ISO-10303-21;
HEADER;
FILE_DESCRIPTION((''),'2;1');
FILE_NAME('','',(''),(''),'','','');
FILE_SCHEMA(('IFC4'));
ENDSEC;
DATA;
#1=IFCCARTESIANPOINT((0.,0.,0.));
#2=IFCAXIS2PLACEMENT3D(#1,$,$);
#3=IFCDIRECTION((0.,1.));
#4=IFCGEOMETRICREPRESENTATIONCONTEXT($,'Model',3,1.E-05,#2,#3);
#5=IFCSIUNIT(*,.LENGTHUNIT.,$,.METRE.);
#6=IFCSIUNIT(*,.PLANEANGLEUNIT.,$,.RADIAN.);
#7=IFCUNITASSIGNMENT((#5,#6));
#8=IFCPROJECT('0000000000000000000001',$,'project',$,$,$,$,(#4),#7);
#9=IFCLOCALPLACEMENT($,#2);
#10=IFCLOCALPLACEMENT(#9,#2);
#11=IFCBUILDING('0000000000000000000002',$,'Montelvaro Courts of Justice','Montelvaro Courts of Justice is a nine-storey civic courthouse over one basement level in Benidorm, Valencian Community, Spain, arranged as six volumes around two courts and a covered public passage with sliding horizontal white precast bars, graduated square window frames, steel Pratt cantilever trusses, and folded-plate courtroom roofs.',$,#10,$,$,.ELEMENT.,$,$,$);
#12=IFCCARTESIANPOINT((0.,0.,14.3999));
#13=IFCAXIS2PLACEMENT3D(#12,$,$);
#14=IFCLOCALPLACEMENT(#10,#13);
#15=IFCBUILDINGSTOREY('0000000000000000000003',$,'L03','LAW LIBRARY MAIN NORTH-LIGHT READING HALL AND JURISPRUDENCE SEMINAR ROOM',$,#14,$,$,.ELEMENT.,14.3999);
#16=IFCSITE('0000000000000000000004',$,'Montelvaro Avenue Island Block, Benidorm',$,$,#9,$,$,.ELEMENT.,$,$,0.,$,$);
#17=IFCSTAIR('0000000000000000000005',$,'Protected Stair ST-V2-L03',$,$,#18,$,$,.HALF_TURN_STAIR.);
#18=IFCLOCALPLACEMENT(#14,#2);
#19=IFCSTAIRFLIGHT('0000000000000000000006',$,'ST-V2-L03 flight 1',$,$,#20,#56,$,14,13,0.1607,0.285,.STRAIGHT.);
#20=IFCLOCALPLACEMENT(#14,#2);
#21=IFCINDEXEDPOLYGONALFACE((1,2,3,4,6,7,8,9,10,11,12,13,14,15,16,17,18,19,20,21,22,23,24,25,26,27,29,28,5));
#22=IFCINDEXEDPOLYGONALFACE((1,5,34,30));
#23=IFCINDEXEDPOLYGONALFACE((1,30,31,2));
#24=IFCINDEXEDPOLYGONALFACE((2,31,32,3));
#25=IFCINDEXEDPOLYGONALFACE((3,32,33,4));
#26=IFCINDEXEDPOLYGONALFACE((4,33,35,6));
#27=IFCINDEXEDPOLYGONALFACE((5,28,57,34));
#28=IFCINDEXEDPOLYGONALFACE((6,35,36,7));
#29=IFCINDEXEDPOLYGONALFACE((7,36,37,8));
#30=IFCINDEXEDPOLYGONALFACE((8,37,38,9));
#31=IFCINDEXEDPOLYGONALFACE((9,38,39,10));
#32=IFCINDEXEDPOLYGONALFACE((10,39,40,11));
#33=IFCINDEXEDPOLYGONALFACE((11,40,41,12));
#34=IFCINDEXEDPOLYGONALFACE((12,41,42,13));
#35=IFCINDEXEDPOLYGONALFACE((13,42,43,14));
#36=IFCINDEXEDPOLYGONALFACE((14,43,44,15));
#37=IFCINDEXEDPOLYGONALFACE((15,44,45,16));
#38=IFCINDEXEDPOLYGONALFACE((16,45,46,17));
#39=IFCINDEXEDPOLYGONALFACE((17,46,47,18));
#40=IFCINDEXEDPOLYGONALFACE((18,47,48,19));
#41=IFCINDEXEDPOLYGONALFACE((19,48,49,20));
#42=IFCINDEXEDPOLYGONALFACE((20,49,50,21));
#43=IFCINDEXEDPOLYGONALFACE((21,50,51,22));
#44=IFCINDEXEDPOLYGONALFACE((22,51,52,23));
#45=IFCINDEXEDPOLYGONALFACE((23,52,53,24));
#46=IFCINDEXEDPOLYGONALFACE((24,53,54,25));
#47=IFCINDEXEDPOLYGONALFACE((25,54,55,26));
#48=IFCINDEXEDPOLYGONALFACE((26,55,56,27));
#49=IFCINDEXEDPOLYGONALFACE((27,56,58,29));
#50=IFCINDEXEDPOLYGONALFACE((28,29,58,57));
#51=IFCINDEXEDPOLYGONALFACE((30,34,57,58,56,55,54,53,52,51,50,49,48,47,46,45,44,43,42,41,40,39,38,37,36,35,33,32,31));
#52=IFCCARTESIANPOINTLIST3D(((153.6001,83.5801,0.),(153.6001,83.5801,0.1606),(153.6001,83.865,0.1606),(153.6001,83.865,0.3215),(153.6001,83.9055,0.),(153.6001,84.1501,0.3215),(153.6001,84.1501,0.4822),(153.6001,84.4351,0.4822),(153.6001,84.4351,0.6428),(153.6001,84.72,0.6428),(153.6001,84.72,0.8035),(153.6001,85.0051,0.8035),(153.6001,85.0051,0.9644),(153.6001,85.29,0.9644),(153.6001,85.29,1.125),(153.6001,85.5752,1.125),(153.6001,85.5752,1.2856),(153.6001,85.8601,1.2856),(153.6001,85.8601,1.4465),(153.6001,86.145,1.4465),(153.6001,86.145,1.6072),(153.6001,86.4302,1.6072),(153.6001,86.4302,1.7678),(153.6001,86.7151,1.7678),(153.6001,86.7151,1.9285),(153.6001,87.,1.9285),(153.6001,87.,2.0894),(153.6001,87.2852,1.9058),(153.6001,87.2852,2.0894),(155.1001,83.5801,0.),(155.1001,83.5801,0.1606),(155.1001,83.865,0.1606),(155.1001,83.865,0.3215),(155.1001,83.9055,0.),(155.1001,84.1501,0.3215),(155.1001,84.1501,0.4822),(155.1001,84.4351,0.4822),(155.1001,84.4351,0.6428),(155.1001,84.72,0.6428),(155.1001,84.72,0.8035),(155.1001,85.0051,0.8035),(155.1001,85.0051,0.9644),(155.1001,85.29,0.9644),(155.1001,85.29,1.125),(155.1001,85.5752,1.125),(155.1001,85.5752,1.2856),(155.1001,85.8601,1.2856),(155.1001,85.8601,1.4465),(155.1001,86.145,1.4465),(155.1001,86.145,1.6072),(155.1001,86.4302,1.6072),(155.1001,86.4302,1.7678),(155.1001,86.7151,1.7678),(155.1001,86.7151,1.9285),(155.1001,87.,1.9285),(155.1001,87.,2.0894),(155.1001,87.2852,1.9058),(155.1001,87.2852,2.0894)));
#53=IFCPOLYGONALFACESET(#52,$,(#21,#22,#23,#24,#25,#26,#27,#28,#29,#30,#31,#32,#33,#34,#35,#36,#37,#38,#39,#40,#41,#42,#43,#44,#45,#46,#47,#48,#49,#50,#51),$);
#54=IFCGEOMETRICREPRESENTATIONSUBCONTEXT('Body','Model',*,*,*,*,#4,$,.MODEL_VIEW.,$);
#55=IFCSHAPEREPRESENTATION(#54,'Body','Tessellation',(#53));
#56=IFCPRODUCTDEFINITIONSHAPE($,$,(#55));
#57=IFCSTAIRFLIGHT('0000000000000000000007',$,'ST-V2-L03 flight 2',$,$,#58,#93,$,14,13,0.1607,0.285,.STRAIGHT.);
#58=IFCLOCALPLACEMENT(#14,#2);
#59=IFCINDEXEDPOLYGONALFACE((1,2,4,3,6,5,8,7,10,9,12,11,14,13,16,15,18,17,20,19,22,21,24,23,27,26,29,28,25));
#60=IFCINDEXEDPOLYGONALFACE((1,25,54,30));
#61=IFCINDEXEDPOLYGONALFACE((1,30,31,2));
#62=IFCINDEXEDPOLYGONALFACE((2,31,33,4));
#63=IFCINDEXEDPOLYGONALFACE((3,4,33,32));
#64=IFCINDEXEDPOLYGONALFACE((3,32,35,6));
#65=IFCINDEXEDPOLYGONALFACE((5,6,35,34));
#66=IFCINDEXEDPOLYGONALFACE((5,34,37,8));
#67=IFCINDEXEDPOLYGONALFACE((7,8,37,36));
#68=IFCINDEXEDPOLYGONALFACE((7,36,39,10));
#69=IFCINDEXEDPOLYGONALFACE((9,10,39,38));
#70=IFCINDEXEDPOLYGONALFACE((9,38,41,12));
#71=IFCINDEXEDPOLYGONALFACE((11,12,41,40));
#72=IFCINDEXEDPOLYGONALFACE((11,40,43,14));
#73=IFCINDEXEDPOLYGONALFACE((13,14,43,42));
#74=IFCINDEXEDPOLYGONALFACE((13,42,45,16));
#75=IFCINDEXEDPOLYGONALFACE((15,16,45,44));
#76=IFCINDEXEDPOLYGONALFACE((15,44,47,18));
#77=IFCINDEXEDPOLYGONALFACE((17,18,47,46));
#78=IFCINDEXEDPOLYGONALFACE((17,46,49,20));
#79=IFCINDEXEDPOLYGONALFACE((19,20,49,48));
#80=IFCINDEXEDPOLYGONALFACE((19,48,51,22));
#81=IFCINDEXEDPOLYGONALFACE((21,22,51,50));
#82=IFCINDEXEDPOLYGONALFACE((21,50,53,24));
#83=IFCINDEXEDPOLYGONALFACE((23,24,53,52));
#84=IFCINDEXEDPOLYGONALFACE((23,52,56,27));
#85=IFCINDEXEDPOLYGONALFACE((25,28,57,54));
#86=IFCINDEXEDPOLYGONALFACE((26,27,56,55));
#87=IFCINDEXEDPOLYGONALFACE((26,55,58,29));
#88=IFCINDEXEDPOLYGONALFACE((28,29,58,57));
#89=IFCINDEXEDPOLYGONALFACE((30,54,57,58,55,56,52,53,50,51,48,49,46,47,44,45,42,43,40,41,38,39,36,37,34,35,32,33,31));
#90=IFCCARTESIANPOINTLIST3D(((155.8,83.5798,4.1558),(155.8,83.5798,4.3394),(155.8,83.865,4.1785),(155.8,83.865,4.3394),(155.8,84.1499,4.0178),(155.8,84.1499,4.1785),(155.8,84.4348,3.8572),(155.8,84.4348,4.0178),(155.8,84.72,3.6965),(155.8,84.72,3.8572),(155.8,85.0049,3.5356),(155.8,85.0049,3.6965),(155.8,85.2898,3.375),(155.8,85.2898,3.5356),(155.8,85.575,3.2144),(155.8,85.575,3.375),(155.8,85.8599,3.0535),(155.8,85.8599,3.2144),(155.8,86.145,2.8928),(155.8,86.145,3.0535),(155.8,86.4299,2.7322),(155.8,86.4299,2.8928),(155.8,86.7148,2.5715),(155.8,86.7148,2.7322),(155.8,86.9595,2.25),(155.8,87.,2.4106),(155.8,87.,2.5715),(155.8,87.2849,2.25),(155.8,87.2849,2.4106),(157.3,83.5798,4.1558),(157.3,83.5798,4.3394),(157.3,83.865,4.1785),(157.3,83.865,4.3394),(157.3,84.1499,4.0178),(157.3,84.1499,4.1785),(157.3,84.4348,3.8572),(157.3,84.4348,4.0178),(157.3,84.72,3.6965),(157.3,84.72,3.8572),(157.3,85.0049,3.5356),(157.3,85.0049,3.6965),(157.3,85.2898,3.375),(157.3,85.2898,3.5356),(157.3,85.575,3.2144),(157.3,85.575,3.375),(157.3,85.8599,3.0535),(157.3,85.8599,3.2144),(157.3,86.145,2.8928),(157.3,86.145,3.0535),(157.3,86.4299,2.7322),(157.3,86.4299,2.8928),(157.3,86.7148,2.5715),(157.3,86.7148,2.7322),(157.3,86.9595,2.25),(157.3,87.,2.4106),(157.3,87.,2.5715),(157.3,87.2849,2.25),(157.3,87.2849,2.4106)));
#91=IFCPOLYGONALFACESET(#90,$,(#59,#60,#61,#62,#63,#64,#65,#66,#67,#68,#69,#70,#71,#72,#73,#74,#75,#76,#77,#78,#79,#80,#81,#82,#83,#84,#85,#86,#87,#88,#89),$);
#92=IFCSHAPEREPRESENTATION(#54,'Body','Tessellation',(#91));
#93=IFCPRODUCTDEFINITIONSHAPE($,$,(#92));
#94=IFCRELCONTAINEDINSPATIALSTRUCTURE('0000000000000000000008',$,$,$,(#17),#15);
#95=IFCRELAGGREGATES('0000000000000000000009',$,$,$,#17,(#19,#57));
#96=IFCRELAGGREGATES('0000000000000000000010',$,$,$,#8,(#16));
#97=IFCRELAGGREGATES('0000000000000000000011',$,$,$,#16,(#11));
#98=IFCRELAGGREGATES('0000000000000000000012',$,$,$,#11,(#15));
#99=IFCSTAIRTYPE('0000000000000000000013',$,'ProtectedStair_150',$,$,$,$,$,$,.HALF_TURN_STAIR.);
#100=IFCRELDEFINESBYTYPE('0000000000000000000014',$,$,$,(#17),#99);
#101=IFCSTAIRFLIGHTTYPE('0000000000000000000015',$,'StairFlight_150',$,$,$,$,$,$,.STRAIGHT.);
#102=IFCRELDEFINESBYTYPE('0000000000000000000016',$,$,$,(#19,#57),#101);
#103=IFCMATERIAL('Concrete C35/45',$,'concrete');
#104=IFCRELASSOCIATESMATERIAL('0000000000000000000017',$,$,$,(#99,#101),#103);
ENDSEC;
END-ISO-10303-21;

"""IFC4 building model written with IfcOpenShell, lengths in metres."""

from ifc_helpers import new_model, si_unit, direction, frame, origin, place, context, subcontext, project, spatial, polyline, outline, extrude, material, type_object, element, aggregate, save


model = new_model("IFC4")

# Units and contexts
model_context = context("Model", 3, precision=1e-05, world=origin(), true_north=direction((0.0, 1.0)))
body_context = subcontext(model_context, "Body", "Model", "MODEL_VIEW")
ifc_project = project(units=[si_unit("LENGTHUNIT", "METRE"), si_unit("PLANEANGLEUNIT", "RADIAN")], contexts=[model_context])

# Site, building, storey
site_placement = place(None, origin())
site = spatial("IfcSite", under=ifc_project, at=site_placement, Name="Montelvaro Avenue Island Block, Benidorm", CompositionType="ELEMENT", RefElevation=0.0)
building_placement = place(site_placement, origin())
building = spatial("IfcBuilding", under=site, at=building_placement, Name="Montelvaro Courts of Justice", Description="Montelvaro Courts of Justice is a nine-storey civic courthouse over one basement level in Benidorm, Valencian Community, Spain, arranged as six volumes around two courts and a covered public passage with sliding horizontal white precast bars, graduated square window frames, steel Pratt cantilever trusses, and folded-plate courtroom roofs.", CompositionType="ELEMENT")
storey_placement = place(building_placement, frame((0.0, 0.0, 14.3999)))
storey = spatial("IfcBuildingStorey", under=building, at=storey_placement, Name="L03", Description="LAW LIBRARY MAIN NORTH-LIGHT READING HALL AND JURISPRUDENCE SEMINAR ROOM", CompositionType="ELEMENT", Elevation=14.3999)

# Shared definitions
ifc_material_1 = material(Name="Concrete C35/45", Category="concrete")

# Stair, stair flights
stair_type = type_object("IfcStairType", Name="ProtectedStair_150", PredefinedType="HALF_TURN_STAIR", material=ifc_material_1)
stair_placement = place(storey_placement, origin())
stair = element("IfcStair", 1, at=stair_placement, inside=storey, type_object=stair_type, Name="Protected Stair ST-V2-L03", PredefinedType="HALF_TURN_STAIR")
stair_flight_type = type_object("IfcStairFlightType", Name="StairFlight_150", PredefinedType="STRAIGHT", material=ifc_material_1)
stair_flight_1_placement = place(storey_placement, frame((154.3501, 83.5801, 0.0), z_axis=(0.0, 0.0, 1.0), x_axis=(0.0, 1.0, 0.0)))
stair_flight_1 = element("IfcStairFlight", 2, at=stair_flight_1_placement, type_object=stair_flight_type, Name="ST-V2-L03 flight 1", NumberOfRisers=14, NumberOfTreads=13, PredefinedType="STRAIGHT", RiserHeight=0.1607, TreadLength=0.285, context=body_context, shape_type="SweptSolid", body=[
    extrude(outline(polyline([(0.0, 0.0), (0.0, 0.1606), (0.2849, 0.1606), (0.2849, 0.3215), (0.5701, 0.3215), (0.5701, 0.4822), (0.855, 0.4822), (0.855, 0.6428), (1.1399, 0.6428), (1.1399, 0.8035), (1.425, 0.8035), (1.425, 0.9644), (1.71, 0.9644), (1.71, 1.125), (1.9951, 1.125), (1.9951, 1.2856), (2.28, 1.2856), (2.28, 1.4465), (2.5649, 1.4465), (2.5649, 1.6072), (2.8501, 1.6072), (2.8501, 1.7678), (3.135, 1.7678), (3.135, 1.9285), (3.4199, 1.9285), (3.4199, 2.0894), (3.7051, 2.0894), (3.7051, 2.25), (3.7051, 1.9058), (0.3254, 0.0), (0.0, 0.0)])), frame((0.0, 0.75, 0.0), z_axis=(0.0, -1.0, 0.0), x_axis=(1.0, 0.0, 0.0)), (0.0, 0.0, 1.0), 1.5),
])
stair_flight_2_placement = place(storey_placement, frame((156.55, 87.2849, 2.25), z_axis=(0.0, 0.0, 1.0), x_axis=(0.0, -1.0, 0.0)))
stair_flight_2 = element("IfcStairFlight", 3, at=stair_flight_2_placement, type_object=stair_flight_type, Name="ST-V2-L03 flight 2", NumberOfRisers=14, NumberOfTreads=13, PredefinedType="STRAIGHT", RiserHeight=0.1607, TreadLength=0.285, context=body_context, shape_type="SweptSolid", body=[
    extrude(outline(polyline([(0.0, 0.0), (0.0, 0.1606), (0.2849, 0.1606), (0.2849, 0.3215), (0.5701, 0.3215), (0.5701, 0.4822), (0.855, 0.4822), (0.855, 0.6428), (1.1399, 0.6428), (1.1399, 0.8035), (1.425, 0.8035), (1.425, 0.9644), (1.71, 0.9644), (1.71, 1.125), (1.9951, 1.125), (1.9951, 1.2856), (2.28, 1.2856), (2.28, 1.4465), (2.5649, 1.4465), (2.5649, 1.6072), (2.8501, 1.6072), (2.8501, 1.7678), (3.135, 1.7678), (3.135, 1.9285), (3.4199, 1.9285), (3.4199, 2.0894), (3.7051, 2.0894), (3.7051, 2.25), (3.7051, 1.9058), (0.3254, 0.0), (0.0, 0.0)])), frame((0.0, 0.75, 0.0), z_axis=(0.0, -1.0, 0.0), x_axis=(1.0, 0.0, 0.0)), (0.0, 0.0, 1.0), 1.5),
])
aggregate(stair, [stair_flight_1, stair_flight_2])

save(model, "model.ifc")
